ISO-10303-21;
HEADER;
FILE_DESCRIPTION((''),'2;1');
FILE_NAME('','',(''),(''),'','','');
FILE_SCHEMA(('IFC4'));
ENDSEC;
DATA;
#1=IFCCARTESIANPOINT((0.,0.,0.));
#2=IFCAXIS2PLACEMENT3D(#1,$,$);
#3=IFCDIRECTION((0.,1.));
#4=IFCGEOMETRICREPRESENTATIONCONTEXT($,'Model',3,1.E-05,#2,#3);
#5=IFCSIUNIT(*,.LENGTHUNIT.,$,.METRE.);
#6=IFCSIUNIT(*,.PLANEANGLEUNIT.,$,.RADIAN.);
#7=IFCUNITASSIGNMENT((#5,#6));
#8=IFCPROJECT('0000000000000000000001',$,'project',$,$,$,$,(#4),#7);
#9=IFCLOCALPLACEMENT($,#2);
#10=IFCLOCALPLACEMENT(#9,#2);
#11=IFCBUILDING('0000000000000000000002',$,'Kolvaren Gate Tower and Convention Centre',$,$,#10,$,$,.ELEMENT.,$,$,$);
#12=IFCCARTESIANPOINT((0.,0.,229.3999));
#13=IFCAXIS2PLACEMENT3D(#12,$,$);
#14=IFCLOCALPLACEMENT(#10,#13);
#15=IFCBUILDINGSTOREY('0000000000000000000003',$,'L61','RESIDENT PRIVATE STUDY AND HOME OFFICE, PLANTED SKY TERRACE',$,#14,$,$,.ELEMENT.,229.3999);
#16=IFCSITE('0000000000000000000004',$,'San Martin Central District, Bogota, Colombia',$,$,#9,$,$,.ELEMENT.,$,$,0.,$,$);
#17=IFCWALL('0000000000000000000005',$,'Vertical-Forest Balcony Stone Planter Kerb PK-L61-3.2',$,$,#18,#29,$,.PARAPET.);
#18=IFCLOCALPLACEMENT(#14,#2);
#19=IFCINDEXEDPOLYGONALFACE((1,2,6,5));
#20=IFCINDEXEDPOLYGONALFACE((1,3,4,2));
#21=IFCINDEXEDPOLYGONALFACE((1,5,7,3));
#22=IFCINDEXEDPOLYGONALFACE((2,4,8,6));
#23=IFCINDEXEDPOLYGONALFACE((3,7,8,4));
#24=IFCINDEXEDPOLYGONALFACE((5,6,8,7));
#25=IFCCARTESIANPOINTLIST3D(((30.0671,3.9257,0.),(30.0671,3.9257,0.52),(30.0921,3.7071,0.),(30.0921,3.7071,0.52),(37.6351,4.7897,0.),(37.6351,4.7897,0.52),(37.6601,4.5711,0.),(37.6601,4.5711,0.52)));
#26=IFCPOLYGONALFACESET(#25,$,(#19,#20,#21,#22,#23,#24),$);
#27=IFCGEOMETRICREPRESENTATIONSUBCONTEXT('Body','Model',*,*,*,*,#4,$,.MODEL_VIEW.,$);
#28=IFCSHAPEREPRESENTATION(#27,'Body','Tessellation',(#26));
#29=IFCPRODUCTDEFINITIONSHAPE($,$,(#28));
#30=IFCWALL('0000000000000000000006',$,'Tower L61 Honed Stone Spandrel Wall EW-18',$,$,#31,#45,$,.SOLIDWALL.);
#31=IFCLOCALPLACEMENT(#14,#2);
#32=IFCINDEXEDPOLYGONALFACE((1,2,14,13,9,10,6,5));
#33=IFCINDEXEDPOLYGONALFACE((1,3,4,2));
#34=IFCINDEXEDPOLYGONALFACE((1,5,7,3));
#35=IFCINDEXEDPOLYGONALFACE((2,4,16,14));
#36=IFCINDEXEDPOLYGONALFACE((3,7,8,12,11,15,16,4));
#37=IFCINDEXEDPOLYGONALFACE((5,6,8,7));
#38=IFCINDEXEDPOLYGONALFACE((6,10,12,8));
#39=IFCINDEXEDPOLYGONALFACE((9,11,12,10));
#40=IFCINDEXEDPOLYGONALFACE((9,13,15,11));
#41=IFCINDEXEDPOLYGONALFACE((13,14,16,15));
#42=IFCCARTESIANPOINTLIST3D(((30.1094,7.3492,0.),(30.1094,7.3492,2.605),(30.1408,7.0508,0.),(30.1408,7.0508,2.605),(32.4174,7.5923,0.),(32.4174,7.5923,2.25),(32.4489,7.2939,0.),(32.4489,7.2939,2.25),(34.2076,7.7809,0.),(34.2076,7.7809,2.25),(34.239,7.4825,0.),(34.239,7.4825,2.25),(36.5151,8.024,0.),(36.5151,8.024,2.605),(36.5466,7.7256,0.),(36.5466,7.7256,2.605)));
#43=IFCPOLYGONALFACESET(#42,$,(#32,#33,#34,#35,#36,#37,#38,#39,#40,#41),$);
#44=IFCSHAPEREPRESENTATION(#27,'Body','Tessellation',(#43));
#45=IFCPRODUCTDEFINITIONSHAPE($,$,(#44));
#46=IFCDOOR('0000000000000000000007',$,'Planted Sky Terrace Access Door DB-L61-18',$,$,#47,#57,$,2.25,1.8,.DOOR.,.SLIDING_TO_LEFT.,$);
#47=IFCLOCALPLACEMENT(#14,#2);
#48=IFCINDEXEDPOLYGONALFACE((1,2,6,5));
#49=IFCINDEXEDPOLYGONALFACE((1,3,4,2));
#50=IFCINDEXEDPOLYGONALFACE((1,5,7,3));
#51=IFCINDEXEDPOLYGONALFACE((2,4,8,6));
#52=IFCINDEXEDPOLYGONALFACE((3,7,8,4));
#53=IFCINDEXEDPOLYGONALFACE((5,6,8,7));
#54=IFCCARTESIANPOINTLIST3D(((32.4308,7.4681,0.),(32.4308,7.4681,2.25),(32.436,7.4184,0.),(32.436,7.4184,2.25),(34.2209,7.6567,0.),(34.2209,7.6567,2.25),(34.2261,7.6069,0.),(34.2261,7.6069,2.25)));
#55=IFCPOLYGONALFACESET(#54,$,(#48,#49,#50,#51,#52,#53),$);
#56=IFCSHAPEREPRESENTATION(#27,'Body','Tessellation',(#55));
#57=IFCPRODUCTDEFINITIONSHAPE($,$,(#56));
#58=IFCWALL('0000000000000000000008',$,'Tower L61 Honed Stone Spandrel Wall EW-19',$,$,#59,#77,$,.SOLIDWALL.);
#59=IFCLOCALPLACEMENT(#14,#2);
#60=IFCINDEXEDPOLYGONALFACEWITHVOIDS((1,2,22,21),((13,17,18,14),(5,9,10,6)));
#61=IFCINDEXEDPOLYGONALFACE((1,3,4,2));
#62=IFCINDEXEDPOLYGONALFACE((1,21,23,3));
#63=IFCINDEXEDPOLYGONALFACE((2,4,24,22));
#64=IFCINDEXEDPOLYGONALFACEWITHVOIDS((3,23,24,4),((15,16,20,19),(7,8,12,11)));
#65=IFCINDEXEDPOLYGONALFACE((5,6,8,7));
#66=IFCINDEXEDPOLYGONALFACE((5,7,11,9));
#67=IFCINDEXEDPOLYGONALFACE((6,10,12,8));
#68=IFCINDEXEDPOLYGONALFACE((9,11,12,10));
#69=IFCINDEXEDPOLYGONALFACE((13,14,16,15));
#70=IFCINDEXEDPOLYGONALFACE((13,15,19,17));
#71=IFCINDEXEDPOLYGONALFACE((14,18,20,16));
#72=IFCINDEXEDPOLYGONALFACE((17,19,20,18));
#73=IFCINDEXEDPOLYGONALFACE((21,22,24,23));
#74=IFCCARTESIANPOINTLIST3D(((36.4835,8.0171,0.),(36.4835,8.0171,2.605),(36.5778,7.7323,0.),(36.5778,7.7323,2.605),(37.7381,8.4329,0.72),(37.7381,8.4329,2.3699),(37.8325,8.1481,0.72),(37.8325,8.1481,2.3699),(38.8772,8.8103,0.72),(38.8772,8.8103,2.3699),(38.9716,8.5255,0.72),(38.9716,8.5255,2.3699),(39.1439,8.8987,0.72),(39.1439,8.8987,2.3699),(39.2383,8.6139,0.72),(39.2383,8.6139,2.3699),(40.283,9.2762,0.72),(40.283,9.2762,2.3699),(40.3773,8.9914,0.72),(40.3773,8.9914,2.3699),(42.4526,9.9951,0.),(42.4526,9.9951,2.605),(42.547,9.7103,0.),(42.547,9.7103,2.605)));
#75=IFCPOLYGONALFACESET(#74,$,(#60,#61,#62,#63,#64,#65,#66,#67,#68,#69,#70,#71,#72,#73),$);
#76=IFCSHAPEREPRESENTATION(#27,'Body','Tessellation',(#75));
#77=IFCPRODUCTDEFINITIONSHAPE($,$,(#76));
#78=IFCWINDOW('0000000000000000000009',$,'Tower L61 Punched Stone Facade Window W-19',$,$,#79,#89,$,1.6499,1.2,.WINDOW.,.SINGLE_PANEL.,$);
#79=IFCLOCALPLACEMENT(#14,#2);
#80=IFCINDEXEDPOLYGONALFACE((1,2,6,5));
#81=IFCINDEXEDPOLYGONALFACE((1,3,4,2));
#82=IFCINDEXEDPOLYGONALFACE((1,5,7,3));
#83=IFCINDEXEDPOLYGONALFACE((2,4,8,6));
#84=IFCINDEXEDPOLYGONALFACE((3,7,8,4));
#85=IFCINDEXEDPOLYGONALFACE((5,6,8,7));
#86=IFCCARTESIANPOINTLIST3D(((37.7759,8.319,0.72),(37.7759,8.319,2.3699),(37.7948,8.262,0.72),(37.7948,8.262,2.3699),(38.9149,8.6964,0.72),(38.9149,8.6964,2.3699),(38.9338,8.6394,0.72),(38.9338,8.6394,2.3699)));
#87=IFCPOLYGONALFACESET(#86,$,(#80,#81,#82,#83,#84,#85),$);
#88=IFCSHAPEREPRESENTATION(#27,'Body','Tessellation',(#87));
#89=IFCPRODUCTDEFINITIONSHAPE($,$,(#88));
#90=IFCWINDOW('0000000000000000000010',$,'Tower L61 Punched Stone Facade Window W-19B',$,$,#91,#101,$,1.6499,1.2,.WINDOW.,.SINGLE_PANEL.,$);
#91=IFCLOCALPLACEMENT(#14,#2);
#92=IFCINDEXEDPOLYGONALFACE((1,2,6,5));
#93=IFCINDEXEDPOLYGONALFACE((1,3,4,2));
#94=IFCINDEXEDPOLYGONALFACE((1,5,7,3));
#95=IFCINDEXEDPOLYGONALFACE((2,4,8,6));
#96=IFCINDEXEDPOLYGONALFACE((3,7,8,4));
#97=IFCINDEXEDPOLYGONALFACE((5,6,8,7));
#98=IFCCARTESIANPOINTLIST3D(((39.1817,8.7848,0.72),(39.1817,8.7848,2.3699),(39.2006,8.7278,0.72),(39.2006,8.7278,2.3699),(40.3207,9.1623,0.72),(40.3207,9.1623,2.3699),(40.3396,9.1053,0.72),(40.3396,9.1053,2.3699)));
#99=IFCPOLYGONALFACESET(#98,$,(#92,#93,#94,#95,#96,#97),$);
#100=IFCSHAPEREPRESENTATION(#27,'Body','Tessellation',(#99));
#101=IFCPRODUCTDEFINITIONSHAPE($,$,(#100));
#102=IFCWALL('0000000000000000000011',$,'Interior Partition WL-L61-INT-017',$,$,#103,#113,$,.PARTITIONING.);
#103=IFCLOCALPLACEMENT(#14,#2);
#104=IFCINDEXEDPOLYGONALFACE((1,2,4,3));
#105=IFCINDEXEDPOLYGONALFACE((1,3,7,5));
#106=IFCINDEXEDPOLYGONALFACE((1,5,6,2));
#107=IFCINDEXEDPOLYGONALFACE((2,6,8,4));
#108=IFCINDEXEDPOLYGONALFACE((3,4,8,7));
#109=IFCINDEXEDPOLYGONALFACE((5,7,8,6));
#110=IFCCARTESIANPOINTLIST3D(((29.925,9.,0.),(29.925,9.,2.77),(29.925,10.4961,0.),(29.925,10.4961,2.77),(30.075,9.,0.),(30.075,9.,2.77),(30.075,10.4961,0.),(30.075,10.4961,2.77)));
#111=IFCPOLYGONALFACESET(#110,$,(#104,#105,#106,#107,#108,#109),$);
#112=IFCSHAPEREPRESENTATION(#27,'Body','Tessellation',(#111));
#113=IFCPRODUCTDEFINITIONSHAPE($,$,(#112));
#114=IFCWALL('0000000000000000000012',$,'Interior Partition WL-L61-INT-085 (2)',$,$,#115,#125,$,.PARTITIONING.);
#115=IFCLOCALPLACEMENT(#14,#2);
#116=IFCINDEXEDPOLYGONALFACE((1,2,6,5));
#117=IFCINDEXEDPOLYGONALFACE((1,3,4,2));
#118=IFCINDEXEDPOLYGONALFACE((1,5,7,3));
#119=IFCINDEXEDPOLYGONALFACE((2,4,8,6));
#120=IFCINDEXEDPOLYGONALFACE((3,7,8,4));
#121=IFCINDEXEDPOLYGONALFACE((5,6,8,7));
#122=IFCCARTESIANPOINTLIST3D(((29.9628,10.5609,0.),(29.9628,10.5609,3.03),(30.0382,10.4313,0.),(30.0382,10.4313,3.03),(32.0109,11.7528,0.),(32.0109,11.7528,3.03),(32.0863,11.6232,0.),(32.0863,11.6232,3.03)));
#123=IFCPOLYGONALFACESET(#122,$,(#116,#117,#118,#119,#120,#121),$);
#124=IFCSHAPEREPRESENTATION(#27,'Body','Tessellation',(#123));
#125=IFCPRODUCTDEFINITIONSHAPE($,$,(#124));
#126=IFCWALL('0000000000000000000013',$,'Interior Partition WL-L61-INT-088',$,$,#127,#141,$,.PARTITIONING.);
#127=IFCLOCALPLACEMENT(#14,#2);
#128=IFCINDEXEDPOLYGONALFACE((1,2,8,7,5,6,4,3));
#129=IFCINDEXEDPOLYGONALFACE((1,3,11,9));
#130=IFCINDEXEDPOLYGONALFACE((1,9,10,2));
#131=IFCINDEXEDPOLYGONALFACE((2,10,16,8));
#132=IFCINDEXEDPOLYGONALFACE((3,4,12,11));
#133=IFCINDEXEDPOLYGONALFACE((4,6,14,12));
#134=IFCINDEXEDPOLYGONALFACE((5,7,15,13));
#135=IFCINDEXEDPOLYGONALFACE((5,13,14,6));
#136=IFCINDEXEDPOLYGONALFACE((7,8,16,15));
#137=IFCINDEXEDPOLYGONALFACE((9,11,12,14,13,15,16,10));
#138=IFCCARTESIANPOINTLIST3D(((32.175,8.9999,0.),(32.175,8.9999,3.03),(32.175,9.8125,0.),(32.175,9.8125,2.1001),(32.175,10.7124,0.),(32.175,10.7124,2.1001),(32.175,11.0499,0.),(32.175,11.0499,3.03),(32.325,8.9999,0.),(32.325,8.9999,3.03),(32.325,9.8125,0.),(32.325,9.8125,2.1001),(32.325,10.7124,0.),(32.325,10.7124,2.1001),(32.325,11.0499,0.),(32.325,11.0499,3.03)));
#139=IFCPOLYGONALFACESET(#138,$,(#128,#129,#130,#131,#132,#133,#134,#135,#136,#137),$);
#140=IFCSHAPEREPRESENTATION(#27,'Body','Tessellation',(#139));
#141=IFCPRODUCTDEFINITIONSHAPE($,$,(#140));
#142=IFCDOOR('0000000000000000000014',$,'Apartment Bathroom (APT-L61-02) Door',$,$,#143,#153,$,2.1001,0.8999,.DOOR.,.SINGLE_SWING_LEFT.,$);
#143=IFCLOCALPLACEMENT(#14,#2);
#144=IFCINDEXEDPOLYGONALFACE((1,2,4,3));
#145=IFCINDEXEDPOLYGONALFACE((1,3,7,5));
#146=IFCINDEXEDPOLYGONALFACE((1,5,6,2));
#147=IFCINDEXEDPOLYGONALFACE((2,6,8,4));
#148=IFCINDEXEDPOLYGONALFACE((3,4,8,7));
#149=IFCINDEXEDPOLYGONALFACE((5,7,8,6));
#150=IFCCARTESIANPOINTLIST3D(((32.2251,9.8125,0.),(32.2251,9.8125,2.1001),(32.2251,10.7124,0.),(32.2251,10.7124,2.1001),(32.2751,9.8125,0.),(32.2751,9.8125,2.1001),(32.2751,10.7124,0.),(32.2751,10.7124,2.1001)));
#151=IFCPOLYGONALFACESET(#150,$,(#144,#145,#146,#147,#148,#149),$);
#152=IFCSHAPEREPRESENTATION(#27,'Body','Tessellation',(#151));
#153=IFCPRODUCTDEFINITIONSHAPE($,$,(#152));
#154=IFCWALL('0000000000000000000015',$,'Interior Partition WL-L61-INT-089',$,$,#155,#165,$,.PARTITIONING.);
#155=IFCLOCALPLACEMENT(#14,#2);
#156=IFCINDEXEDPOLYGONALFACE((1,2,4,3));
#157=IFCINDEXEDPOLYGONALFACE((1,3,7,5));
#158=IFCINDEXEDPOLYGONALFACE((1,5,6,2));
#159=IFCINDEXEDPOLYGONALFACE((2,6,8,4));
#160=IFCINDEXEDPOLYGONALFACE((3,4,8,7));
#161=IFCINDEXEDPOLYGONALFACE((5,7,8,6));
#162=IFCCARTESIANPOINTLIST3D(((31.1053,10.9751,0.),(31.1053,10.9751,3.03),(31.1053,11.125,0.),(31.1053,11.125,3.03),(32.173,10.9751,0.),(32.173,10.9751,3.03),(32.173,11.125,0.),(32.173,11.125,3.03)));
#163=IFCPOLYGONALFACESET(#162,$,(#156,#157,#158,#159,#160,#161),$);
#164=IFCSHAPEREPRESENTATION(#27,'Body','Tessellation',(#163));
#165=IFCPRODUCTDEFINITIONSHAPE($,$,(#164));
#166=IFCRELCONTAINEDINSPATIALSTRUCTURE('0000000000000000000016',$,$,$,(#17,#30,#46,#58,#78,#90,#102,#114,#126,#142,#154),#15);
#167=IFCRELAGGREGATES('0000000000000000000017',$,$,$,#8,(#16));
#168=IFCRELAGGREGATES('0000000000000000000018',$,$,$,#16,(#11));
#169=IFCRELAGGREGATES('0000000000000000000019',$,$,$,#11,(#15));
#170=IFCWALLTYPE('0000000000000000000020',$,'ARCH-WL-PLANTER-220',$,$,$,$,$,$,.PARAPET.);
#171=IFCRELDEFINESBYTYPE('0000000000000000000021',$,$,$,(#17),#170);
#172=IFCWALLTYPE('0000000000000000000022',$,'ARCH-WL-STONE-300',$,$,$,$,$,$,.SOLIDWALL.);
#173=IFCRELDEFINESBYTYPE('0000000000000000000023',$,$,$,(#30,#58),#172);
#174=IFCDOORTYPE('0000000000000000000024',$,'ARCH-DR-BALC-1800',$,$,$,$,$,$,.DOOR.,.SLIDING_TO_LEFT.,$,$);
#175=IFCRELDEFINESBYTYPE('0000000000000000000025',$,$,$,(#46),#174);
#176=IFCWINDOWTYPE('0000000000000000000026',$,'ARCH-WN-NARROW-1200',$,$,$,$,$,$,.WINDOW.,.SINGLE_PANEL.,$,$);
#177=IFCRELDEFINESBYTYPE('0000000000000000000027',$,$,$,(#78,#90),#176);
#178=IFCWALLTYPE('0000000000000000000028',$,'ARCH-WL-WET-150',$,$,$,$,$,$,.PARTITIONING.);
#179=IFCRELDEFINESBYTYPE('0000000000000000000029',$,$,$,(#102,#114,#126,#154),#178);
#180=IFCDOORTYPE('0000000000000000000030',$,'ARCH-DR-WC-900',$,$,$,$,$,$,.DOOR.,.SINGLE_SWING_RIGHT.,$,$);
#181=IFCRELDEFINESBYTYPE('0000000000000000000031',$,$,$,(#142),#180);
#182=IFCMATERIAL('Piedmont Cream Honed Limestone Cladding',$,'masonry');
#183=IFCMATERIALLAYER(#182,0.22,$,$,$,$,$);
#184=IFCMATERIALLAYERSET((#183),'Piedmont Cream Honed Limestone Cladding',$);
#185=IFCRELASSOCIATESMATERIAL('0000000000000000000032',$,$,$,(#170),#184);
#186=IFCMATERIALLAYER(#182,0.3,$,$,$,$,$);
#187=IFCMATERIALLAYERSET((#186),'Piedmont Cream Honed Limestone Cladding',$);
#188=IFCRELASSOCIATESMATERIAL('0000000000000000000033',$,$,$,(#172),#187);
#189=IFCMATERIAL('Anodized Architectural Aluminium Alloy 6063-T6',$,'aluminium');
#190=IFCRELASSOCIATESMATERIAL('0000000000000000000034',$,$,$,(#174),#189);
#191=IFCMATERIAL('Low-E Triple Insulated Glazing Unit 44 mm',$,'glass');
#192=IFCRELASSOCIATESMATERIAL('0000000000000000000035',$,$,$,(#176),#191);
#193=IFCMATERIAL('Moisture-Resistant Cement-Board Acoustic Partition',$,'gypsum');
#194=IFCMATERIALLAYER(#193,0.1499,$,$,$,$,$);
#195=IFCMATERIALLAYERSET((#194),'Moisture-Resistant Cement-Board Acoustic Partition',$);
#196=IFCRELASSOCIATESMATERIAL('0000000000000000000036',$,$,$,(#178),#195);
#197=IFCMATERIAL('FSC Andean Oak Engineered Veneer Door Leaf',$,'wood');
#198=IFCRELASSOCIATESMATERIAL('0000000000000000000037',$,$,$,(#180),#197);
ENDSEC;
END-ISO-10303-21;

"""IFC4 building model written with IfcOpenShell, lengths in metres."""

from ifc_helpers import new_model, si_unit, direction, frame, frame_2d, origin, place, context, subcontext, project, spatial, rectangle, extrude, material, layer, layer_set, type_object, element, fill, save


model = new_model("IFC4")

# Units and contexts
model_context = context("Model", 3, precision=1e-05, world=origin(), true_north=direction((0.0, 1.0)))
body_context = subcontext(model_context, "Body", "Model", "MODEL_VIEW")
ifc_project = project(units=[si_unit("LENGTHUNIT", "METRE"), si_unit("PLANEANGLEUNIT", "RADIAN")], contexts=[model_context])

# Site, building, storey
site_placement = place(None, origin())
site = spatial("IfcSite", under=ifc_project, at=site_placement, Name="San Martin Central District, Bogota, Colombia", CompositionType="ELEMENT", RefElevation=0.0)
building_placement = place(site_placement, origin())
building = spatial("IfcBuilding", under=site, at=building_placement, Name="Kolvaren Gate Tower and Convention Centre", CompositionType="ELEMENT")
storey_placement = place(building_placement, frame((0.0, 0.0, 229.3999)))
storey = spatial("IfcBuildingStorey", under=building, at=storey_placement, Name="L61", Description="RESIDENT PRIVATE STUDY AND HOME OFFICE, PLANTED SKY TERRACE", CompositionType="ELEMENT", Elevation=229.3999)

# Shared definitions
ifc_material_1 = material(Name="FSC Andean Oak Engineered Veneer Door Leaf", Category="wood")

# Wall
ifc_material_2 = material(Name="Piedmont Cream Honed Limestone Cladding", Category="masonry")
ifc_layer_1 = layer(ifc_material_2, 0.22)
ifc_layer_set_1 = layer_set([ifc_layer_1], Name="Piedmont Cream Honed Limestone Cladding")
wall_type_1 = type_object("IfcWallType", Name="ARCH-WL-PLANTER-220", PredefinedType="PARAPET", material=ifc_layer_set_1)
wall_1_placement = place(storey_placement, frame((30.0796, 3.8164, 0.0), z_axis=(0.0, 0.0, 1.0), x_axis=(0.993546, 0.113428, 0.0)))
element("IfcWall", 1, at=wall_1_placement, inside=storey, type_object=wall_type_1, Name="Vertical-Forest Balcony Stone Planter Kerb PK-L61-3.2", PredefinedType="PARAPET", context=body_context, shape_type="SweptSolid", body=[
    extrude(rectangle(XDim=7.6172, YDim=0.22, at=frame_2d((3.8086, 0.0))), origin(), (0.0, 0.0, 1.0), 0.52),
])

# Wall, opening, door
ifc_layer_2 = layer(ifc_material_2, 0.3)
ifc_layer_set_2 = layer_set([ifc_layer_2], Name="Piedmont Cream Honed Limestone Cladding")
wall_type_2 = type_object("IfcWallType", Name="ARCH-WL-STONE-300", PredefinedType="SOLIDWALL", material=ifc_layer_set_2)
wall_2_placement = place(storey_placement, frame((30.125, 7.2, 0.0), z_axis=(0.0, 0.0, 1.0), x_axis=(0.994497, 0.104764, 0.0)))
wall_2 = element("IfcWall", 2, at=wall_2_placement, inside=storey, type_object=wall_type_2, Name="Tower L61 Honed Stone Spandrel Wall EW-18", PredefinedType="SOLIDWALL", context=body_context, shape_type="SweptSolid", body=[
    extrude(rectangle(XDim=6.4412, YDim=0.3, at=frame_2d((3.2207, 0.0))), origin(), (0.0, 0.0, 1.0), 2.605),
])
opening_1_placement = place(wall_2_placement, frame((2.321, 0.0, 0.0)))
opening_1 = element("IfcOpeningElement", 3, at=opening_1_placement, cuts=wall_2, PredefinedType="OPENING", context=body_context, shape_type="SweptSolid", body=[
    extrude(rectangle(XDim=1.8, YDim=2.25, at=frame_2d((0.8999, 1.125))), frame((0.0, 0.1599, 0.0), z_axis=(0.0, -1.0, 0.0), x_axis=(1.0, 0.0, 0.0)), (0.0, 0.0, 1.0), 0.3201),
])
ifc_material_3 = material(Name="Anodized Architectural Aluminium Alloy 6063-T6", Category="aluminium")
door_type_1 = type_object("IfcDoorType", Name="ARCH-DR-BALC-1800", OperationType="SLIDING_TO_LEFT", PredefinedType="DOOR", material=ifc_material_3)
door_1_placement = place(opening_1_placement, frame((1.8, 0.0, 0.0), z_axis=(0.0, 0.0, 1.0), x_axis=(-1.0, 0.0, 0.0)))
door_1 = element("IfcDoor", 4, at=door_1_placement, inside=storey, type_object=door_type_1, Name="Planted Sky Terrace Access Door DB-L61-18", OperationType="SLIDING_TO_LEFT", OverallHeight=2.25, OverallWidth=1.8, PredefinedType="DOOR", context=body_context, shape_type="SweptSolid", body=[
    extrude(rectangle(XDim=1.8, YDim=2.25, at=frame_2d((0.8999, 1.125))), frame((0.0, 0.0249, 0.0), z_axis=(0.0, -1.0, 0.0), x_axis=(1.0, 0.0, 0.0)), (0.0, 0.0, 1.0), 0.05),
])
fill(opening_1, door_1)

# Wall, openings, windows
wall_3_placement = place(storey_placement, frame((36.5308, 7.8748, 0.0), z_axis=(0.0, 0.0, 1.0), x_axis=(0.949241, 0.31455, 0.0)))
wall_3 = element("IfcWall", 5, at=wall_3_placement, inside=storey, type_object=wall_type_2, Name="Tower L61 Honed Stone Spandrel Wall EW-19", PredefinedType="SOLIDWALL", context=body_context, shape_type="SweptSolid", body=[
    extrude(rectangle(XDim=6.2883, YDim=0.3, at=frame_2d((3.144, 0.0))), origin(), (0.0, 0.0, 1.0), 2.605),
])
opening_2_placement = place(wall_3_placement, frame((1.3215, 0.0, 0.72)))
opening_2 = element("IfcOpeningElement", 6, at=opening_2_placement, cuts=wall_3, PredefinedType="OPENING", context=body_context, shape_type="SweptSolid", body=[
    extrude(rectangle(XDim=1.2, YDim=1.6499, at=frame_2d((0.6001, 0.825))), frame((0.0, 0.1599, 0.0), z_axis=(0.0, -1.0, 0.0), x_axis=(1.0, 0.0, 0.0)), (0.0, 0.0, 1.0), 0.3201),
])
opening_3_placement = place(wall_3_placement, frame((2.8025, 0.0, 0.72)))
opening_3 = element("IfcOpeningElement", 7, at=opening_3_placement, cuts=wall_3, PredefinedType="OPENING", context=body_context, shape_type="SweptSolid", body=[
    extrude(rectangle(XDim=1.2, YDim=1.6499, at=frame_2d((0.6001, 0.825))), frame((0.0, 0.1599, 0.0), z_axis=(0.0, -1.0, 0.0), x_axis=(1.0, 0.0, 0.0)), (0.0, 0.0, 1.0), 0.3201),
])
ifc_material_4 = material(Name="Low-E Triple Insulated Glazing Unit 44 mm", Category="glass")
window_type = type_object("IfcWindowType", Name="ARCH-WN-NARROW-1200", PartitioningType="SINGLE_PANEL", PredefinedType="WINDOW", material=ifc_material_4)
window_1_placement = place(opening_2_placement, origin())
window_1 = element("IfcWindow", 8, at=window_1_placement, inside=storey, type_object=window_type, Name="Tower L61 Punched Stone Facade Window W-19", OverallHeight=1.6499, OverallWidth=1.2, PartitioningType="SINGLE_PANEL", PredefinedType="WINDOW", context=body_context, shape_type="SweptSolid", body=[
    extrude(rectangle(XDim=1.2, YDim=1.6499, at=frame_2d((0.6001, 0.825))), frame((0.0, 0.03, 0.0), z_axis=(0.0, -1.0, 0.0), x_axis=(1.0, 0.0, 0.0)), (0.0, 0.0, 1.0), 0.0601),
])
fill(opening_2, window_1)
window_2_placement = place(opening_3_placement, origin())
window_2 = element("IfcWindow", 9, at=window_2_placement, inside=storey, type_object=window_type, Name="Tower L61 Punched Stone Facade Window W-19B", OverallHeight=1.6499, OverallWidth=1.2, PartitioningType="SINGLE_PANEL", PredefinedType="WINDOW", context=body_context, shape_type="SweptSolid", body=[
    extrude(rectangle(XDim=1.2, YDim=1.6499, at=frame_2d((0.6001, 0.825))), frame((0.0, 0.03, 0.0), z_axis=(0.0, -1.0, 0.0), x_axis=(1.0, 0.0, 0.0)), (0.0, 0.0, 1.0), 0.0601),
])
fill(opening_3, window_2)

# Walls
ifc_material_5 = material(Name="Moisture-Resistant Cement-Board Acoustic Partition", Category="gypsum")
ifc_layer_3 = layer(ifc_material_5, 0.1499)
ifc_layer_set_3 = layer_set([ifc_layer_3], Name="Moisture-Resistant Cement-Board Acoustic Partition")
wall_type_3 = type_object("IfcWallType", Name="ARCH-WL-WET-150", PredefinedType="PARTITIONING", material=ifc_layer_set_3)
wall_4_placement = place(storey_placement, frame((30.0, 9.0, 0.0), z_axis=(0.0, 0.0, 1.0), x_axis=(0.0, 1.0, 0.0)))
element("IfcWall", 10, at=wall_4_placement, inside=storey, type_object=wall_type_3, Name="Interior Partition WL-L61-INT-017", PredefinedType="PARTITIONING", context=body_context, shape_type="SweptSolid", body=[
    extrude(rectangle(XDim=1.4961, YDim=0.1499, at=frame_2d((0.748, 0.0))), origin(), (0.0, 0.0, 1.0), 2.77),
])
wall_5_placement = place(storey_placement, frame((30.0005, 10.4961, 0.0), z_axis=(0.0, 0.0, 1.0), x_axis=(0.864298, 0.50298, 0.0)))
element("IfcWall", 11, at=wall_5_placement, inside=storey, type_object=wall_type_3, Name="Interior Partition WL-L61-INT-085 (2)", PredefinedType="PARTITIONING", context=body_context, shape_type="SweptSolid", body=[
    extrude(rectangle(XDim=2.3696, YDim=0.1499, at=frame_2d((1.1848, 0.0))), origin(), (0.0, 0.0, 1.0), 3.03),
])

# Wall, opening, door
wall_6_placement = place(storey_placement, frame((32.25, 9.0, 0.0), z_axis=(0.0, 0.0, 1.0), x_axis=(0.0, 1.0, 0.0)))
wall_6 = element("IfcWall", 12, at=wall_6_placement, inside=storey, type_object=wall_type_3, Name="Interior Partition WL-L61-INT-088", PredefinedType="PARTITIONING", context=body_context, shape_type="SweptSolid", body=[
    extrude(rectangle(XDim=2.05, YDim=0.1499, at=frame_2d((1.0249, 0.0))), origin(), (0.0, 0.0, 1.0), 3.03),
])
opening_4_placement = place(wall_6_placement, frame((0.8125, 0.0, 0.0)))
opening_4 = element("IfcOpeningElement", 13, at=opening_4_placement, cuts=wall_6, PredefinedType="OPENING", context=body_context, shape_type="SweptSolid", body=[
    extrude(rectangle(XDim=0.8999, YDim=2.1001, at=frame_2d((0.45, 1.05))), frame((0.0, 0.085, 0.0), z_axis=(0.0, -1.0, 0.0), x_axis=(1.0, 0.0, 0.0)), (0.0, 0.0, 1.0), 0.1699),
])
door_type_2 = type_object("IfcDoorType", Name="ARCH-DR-WC-900", OperationType="SINGLE_SWING_RIGHT", PredefinedType="DOOR", material=ifc_material_1)
door_2_placement = place(opening_4_placement, origin())
door_2 = element("IfcDoor", 14, at=door_2_placement, inside=storey, type_object=door_type_2, Name="Apartment Bathroom (APT-L61-02) Door", OperationType="SINGLE_SWING_LEFT", OverallHeight=2.1001, OverallWidth=0.8999, PredefinedType="DOOR", context=body_context, shape_type="SweptSolid", body=[
    extrude(rectangle(XDim=0.8999, YDim=2.1001, at=frame_2d((0.45, 1.05))), frame((0.0, 0.0249, 0.0), z_axis=(0.0, -1.0, 0.0), x_axis=(1.0, 0.0, 0.0)), (0.0, 0.0, 1.0), 0.05),
])
fill(opening_4, door_2)

# Wall
wall_7_placement = place(storey_placement, frame((31.1055, 11.05, 0.0), z_axis=(0.0, 0.0, 1.0), x_axis=(1.0, 0.0, 0.0)))
element("IfcWall", 15, at=wall_7_placement, inside=storey, type_object=wall_type_3, Name="Interior Partition WL-L61-INT-089", PredefinedType="PARTITIONING", context=body_context, shape_type="SweptSolid", body=[
    extrude(rectangle(XDim=1.0676, YDim=0.1499, at=frame_2d((0.5337, 0.0))), origin(), (0.0, 0.0, 1.0), 3.03),
])

save(model, "model.ifc")
